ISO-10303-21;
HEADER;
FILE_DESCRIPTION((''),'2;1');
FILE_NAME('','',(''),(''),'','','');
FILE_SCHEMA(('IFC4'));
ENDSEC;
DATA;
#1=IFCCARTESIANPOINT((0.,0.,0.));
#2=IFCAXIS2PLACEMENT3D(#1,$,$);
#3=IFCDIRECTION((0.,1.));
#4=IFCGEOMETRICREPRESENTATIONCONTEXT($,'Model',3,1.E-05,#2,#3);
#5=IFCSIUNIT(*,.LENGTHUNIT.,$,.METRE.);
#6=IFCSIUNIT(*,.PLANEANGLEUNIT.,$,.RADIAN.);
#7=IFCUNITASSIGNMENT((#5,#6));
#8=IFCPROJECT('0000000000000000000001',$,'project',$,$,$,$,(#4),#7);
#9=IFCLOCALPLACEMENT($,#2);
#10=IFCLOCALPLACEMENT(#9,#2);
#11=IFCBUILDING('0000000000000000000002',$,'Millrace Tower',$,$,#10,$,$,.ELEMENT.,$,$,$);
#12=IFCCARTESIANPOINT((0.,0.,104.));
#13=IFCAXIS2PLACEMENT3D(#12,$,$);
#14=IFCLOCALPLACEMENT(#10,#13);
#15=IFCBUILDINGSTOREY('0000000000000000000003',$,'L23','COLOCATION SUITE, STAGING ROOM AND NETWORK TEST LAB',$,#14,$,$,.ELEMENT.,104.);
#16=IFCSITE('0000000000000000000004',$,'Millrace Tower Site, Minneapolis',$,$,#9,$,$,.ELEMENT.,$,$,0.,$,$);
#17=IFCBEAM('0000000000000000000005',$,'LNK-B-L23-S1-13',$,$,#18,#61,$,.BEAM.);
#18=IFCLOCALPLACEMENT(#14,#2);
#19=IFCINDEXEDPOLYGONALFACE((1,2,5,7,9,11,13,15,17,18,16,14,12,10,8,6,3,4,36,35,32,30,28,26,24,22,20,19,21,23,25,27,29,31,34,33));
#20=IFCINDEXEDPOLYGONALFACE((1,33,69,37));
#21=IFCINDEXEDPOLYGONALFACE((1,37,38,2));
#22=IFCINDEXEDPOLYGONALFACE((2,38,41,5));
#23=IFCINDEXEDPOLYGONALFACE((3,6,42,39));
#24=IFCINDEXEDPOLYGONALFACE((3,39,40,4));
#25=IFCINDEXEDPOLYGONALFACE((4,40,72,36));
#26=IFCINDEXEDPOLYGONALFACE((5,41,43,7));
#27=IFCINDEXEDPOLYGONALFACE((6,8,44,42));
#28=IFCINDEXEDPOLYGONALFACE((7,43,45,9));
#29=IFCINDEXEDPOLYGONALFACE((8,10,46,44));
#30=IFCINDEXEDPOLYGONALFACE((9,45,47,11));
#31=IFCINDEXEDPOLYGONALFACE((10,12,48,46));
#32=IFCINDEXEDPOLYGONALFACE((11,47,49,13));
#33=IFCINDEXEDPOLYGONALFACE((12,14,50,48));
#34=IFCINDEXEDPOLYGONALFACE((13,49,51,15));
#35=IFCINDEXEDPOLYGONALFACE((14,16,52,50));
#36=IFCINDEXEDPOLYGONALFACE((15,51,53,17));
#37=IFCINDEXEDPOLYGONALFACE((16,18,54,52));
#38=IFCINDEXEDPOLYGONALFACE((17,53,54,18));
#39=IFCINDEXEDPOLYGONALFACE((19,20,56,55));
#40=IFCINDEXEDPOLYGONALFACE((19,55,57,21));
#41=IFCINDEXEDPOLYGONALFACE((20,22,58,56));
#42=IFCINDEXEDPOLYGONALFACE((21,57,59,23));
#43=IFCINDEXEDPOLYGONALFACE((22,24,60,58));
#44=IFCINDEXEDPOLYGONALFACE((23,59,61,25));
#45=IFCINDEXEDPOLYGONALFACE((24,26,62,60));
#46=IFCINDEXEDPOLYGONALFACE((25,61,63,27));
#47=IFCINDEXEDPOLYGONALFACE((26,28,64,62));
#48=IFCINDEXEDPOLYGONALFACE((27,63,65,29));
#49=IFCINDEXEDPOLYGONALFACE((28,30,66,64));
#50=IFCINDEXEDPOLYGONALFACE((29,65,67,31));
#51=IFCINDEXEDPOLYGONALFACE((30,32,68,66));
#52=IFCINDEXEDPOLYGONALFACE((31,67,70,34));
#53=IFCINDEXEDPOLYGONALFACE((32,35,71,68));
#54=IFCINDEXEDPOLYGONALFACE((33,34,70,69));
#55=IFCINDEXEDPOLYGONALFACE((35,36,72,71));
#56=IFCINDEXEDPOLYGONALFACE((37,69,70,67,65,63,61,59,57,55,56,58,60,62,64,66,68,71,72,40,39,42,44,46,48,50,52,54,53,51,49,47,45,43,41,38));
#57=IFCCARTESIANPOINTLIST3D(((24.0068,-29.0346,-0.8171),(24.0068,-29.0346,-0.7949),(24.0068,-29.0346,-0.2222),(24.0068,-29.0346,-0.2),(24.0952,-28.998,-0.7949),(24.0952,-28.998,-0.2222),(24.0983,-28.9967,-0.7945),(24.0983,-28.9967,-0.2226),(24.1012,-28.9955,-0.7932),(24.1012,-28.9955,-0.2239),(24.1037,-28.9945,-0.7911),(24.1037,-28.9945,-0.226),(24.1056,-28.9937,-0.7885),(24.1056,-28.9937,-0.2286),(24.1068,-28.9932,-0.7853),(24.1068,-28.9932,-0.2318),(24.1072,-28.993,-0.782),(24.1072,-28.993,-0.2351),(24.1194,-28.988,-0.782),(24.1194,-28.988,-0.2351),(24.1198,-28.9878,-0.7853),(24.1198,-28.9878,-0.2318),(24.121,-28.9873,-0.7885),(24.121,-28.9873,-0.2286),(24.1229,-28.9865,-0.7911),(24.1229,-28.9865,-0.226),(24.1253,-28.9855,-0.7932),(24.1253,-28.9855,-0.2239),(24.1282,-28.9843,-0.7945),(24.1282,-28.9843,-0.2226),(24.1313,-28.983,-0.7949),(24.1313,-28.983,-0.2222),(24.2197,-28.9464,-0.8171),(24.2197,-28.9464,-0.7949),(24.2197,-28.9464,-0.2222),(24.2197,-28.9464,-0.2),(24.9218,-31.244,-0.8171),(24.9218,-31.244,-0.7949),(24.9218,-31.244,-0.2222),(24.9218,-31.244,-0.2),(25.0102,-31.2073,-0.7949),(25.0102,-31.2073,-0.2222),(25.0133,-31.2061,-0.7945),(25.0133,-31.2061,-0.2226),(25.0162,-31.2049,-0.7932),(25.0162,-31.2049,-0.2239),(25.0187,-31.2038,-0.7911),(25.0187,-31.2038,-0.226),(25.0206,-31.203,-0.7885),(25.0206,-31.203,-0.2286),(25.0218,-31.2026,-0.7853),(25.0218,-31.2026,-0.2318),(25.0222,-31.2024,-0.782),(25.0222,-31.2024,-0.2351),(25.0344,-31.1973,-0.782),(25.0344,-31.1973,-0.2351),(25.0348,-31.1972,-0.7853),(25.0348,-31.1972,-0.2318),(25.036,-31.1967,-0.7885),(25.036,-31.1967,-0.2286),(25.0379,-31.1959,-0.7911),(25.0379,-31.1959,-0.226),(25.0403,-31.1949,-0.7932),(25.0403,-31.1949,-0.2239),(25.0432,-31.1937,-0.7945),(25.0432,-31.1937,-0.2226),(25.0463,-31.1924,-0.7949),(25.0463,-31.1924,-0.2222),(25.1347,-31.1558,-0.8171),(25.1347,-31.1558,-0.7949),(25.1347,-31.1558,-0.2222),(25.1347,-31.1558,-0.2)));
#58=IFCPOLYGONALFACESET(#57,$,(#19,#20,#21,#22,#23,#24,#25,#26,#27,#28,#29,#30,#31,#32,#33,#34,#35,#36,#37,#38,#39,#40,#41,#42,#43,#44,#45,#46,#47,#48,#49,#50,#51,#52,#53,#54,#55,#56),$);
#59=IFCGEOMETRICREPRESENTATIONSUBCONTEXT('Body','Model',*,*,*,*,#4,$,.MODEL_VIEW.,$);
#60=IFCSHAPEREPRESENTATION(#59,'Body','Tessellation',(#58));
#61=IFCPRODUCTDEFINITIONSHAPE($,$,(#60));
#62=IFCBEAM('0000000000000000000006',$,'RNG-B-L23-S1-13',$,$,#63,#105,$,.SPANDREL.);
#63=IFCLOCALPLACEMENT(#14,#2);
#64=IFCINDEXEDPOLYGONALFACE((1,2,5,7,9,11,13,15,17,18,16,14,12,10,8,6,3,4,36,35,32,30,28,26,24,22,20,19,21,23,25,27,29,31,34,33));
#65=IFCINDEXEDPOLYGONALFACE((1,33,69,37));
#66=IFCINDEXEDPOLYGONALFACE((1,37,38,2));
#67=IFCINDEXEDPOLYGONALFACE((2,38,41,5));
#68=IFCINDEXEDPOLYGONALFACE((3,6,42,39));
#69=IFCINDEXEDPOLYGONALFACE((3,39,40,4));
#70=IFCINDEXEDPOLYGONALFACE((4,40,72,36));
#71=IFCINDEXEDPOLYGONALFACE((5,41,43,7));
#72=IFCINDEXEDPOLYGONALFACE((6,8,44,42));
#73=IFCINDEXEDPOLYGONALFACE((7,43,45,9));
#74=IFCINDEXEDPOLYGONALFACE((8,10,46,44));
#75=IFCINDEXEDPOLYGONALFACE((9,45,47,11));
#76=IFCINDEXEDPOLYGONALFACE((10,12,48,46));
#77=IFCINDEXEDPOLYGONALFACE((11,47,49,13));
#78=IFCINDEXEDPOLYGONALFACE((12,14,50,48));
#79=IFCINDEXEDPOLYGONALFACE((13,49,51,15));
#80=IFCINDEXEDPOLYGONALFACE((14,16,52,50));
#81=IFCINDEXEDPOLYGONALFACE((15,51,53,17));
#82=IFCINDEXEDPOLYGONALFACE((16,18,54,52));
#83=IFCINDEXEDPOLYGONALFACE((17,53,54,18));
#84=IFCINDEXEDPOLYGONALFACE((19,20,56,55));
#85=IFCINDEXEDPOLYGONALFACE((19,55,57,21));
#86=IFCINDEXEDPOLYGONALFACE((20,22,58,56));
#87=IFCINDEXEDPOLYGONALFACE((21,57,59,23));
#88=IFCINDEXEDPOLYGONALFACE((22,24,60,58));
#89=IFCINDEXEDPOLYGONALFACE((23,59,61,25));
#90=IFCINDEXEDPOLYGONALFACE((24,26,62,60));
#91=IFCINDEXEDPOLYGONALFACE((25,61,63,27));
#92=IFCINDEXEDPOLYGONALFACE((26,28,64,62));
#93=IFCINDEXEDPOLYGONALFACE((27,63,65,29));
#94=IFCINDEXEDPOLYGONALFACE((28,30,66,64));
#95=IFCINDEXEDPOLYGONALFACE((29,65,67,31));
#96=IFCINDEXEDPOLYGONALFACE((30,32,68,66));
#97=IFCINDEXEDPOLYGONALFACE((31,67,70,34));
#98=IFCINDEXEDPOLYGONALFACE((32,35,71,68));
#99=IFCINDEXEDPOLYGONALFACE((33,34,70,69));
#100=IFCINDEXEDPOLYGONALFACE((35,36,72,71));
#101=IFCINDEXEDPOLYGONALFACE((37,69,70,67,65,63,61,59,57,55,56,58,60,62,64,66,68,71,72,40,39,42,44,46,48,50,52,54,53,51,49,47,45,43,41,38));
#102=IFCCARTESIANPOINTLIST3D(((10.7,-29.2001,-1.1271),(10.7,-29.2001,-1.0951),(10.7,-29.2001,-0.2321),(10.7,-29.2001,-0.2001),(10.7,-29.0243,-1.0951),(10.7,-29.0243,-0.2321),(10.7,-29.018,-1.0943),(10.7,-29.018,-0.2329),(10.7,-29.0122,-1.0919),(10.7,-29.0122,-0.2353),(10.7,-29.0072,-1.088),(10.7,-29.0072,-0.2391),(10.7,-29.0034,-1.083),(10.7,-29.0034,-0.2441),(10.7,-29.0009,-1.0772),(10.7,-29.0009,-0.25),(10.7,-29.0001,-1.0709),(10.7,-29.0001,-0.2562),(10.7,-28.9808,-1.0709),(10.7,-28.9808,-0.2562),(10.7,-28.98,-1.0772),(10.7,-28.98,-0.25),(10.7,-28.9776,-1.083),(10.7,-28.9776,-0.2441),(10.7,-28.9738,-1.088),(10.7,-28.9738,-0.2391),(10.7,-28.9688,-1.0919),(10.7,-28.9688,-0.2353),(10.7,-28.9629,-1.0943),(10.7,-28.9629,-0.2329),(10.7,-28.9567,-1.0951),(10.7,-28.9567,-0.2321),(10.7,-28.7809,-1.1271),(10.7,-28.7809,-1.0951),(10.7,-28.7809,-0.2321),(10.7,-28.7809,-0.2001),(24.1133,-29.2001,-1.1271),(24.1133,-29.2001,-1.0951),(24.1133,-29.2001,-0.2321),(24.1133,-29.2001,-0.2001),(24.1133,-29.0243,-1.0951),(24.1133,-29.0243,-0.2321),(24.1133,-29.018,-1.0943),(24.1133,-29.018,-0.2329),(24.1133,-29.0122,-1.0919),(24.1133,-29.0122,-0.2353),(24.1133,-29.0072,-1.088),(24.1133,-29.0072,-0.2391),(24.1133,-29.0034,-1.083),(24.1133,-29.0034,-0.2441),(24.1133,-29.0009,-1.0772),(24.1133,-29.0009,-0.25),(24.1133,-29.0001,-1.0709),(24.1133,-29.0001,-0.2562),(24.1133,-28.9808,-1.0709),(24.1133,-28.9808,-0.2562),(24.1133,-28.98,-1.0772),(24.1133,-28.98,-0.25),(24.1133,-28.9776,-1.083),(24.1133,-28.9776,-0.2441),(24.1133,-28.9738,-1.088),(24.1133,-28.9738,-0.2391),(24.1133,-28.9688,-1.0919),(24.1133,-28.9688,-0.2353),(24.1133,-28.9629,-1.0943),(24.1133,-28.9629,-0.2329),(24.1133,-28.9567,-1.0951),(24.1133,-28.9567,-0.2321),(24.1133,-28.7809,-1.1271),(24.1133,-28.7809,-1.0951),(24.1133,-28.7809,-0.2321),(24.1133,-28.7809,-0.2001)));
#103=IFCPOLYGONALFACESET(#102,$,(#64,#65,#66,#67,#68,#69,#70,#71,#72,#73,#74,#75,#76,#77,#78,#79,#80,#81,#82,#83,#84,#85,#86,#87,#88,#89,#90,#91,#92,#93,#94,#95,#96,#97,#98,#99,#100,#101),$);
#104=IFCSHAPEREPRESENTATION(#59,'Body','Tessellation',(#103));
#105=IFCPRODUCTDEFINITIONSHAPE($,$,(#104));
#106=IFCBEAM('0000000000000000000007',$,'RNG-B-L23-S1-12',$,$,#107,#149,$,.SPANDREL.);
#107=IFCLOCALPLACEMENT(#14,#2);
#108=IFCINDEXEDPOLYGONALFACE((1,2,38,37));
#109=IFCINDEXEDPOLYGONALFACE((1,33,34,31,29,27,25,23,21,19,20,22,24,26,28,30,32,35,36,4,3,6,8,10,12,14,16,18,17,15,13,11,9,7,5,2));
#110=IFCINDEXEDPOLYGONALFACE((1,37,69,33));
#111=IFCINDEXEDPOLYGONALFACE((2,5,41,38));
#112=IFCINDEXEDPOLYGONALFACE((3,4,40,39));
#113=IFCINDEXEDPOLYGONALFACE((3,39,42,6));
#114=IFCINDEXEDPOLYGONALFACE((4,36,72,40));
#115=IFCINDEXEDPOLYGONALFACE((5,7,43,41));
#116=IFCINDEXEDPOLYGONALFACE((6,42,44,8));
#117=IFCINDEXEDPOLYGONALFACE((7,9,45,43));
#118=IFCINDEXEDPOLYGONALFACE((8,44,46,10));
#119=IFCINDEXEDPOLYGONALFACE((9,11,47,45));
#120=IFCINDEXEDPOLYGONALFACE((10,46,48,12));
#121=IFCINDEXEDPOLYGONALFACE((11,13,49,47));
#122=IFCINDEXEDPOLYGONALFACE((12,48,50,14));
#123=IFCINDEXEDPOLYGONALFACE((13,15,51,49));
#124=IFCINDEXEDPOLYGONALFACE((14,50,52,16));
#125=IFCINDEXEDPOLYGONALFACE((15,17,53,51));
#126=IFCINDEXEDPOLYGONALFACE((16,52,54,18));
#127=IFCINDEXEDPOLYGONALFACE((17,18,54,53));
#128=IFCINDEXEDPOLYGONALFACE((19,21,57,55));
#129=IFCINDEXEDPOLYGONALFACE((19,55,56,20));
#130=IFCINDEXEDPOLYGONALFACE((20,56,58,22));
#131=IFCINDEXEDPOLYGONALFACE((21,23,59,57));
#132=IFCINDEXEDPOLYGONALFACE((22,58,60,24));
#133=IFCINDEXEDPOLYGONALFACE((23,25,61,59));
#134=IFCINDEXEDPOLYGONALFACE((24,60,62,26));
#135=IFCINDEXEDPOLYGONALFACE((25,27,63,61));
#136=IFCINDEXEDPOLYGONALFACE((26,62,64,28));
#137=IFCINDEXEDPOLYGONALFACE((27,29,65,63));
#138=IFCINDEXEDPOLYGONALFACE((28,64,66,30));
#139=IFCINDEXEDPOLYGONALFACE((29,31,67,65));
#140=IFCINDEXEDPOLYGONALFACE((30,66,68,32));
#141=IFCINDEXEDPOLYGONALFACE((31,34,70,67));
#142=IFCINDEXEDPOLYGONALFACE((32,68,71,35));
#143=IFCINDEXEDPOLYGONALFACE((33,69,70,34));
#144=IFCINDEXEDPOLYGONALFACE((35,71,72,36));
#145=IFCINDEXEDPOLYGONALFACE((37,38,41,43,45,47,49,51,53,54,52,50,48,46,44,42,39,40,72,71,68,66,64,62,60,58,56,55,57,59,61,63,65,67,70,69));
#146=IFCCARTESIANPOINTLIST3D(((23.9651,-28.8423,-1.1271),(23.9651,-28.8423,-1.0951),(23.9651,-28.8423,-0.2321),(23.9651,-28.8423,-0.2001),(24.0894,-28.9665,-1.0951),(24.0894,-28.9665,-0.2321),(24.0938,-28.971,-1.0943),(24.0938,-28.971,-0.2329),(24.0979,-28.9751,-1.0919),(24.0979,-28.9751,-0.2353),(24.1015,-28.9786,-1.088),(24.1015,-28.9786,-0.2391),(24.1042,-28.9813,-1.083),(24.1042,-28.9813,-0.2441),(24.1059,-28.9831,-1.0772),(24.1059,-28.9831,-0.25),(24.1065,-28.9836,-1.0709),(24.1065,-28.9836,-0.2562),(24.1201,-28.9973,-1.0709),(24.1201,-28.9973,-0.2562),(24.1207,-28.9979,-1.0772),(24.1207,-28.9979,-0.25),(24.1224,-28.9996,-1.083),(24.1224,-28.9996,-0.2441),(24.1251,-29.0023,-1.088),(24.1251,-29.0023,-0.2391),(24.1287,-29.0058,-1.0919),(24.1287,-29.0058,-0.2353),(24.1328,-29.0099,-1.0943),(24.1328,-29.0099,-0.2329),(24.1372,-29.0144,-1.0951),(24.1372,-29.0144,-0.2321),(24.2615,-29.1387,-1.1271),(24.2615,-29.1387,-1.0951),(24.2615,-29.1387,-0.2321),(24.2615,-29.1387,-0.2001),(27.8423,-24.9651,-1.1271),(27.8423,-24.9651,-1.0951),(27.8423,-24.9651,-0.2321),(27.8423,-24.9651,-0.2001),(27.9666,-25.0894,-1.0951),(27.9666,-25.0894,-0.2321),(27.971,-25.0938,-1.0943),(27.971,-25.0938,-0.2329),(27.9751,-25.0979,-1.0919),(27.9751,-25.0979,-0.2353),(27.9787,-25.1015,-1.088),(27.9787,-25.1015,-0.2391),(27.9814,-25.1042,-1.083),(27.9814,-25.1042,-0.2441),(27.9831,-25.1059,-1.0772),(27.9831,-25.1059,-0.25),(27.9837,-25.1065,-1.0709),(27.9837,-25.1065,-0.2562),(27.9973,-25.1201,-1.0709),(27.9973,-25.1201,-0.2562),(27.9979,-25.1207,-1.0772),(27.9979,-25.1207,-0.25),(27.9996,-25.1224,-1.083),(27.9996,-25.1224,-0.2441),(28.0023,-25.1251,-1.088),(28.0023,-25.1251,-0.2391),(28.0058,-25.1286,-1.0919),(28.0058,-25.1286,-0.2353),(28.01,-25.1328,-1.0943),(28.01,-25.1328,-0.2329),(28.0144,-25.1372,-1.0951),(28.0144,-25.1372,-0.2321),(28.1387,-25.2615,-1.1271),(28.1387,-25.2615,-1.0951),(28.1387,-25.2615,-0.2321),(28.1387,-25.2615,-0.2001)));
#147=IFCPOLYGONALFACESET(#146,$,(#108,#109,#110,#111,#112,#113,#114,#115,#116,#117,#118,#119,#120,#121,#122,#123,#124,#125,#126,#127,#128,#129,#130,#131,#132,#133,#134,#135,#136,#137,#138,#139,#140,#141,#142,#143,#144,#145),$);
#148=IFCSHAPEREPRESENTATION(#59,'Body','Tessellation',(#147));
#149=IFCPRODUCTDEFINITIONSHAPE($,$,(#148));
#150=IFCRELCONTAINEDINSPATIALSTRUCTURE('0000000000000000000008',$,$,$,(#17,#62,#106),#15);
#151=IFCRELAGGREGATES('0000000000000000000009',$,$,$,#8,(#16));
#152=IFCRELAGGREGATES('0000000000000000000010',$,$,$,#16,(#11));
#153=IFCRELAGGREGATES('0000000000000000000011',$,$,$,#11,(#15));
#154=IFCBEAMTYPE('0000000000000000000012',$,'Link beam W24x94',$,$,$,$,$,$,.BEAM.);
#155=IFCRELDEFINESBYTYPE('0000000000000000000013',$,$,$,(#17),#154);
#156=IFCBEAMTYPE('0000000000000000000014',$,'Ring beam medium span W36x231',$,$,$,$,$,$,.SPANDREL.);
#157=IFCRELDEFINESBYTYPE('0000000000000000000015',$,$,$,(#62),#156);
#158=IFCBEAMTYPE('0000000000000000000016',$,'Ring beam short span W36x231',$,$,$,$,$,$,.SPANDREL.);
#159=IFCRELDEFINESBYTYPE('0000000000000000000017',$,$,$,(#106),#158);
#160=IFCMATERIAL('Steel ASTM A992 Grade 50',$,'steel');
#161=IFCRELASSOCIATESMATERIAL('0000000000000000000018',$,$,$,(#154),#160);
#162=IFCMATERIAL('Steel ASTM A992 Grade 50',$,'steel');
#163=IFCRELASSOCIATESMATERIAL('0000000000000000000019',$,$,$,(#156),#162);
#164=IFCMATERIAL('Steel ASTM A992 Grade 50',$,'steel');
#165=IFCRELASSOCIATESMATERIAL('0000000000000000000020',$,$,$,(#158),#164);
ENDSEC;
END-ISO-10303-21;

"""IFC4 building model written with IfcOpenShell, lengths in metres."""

from ifc_helpers import new_model, si_unit, direction, frame, origin, origin_2d, place, context, subcontext, project, spatial, i_section, extrude, material, material_profile, profile_set, type_object, element, save


model = new_model("IFC4")

# Units and contexts
model_context = context("Model", 3, precision=1e-05, world=origin(), true_north=direction((0.0, 1.0)))
body_context = subcontext(model_context, "Body", "Model", "MODEL_VIEW")
ifc_project = project(units=[si_unit("LENGTHUNIT", "METRE"), si_unit("PLANEANGLEUNIT", "RADIAN")], contexts=[model_context])

# Site, building, storey
site_placement = place(None, origin())
site = spatial("IfcSite", under=ifc_project, at=site_placement, Name="Millrace Tower Site, Minneapolis", CompositionType="ELEMENT", RefElevation=0.0)
building_placement = place(site_placement, origin())
building = spatial("IfcBuilding", under=site, at=building_placement, Name="Millrace Tower", CompositionType="ELEMENT")
storey_placement = place(building_placement, frame((0.0, 0.0, 104.0)))
storey = spatial("IfcBuildingStorey", under=building, at=storey_placement, Name="L23", Description="COLOCATION SUITE, STAGING ROOM AND NETWORK TEST LAB", CompositionType="ELEMENT", Elevation=104.0)

# Beams
ifc_material_1 = material(Name="Steel ASTM A992 Grade 50", Category="steel")
ifc_material_profile_1 = material_profile(ifc_material_1, i_section(OverallWidth=0.2305, OverallDepth=0.6172, WebThickness=0.0132, FlangeThickness=0.0222, FilletRadius=0.0129, at=origin_2d()))
ifc_profile_set_1 = profile_set([ifc_material_profile_1], Name="Steel ASTM A992 Grade 50")
beam_type_1 = type_object("IfcBeamType", Name="Link beam W24x94", PredefinedType="BEAM", material=ifc_profile_set_1)
for number, where, z_axis, x_axis, name in (
    (1, (24.1133, -28.9905, -0.5085), (0.382628, -0.923902, 0.0), (0.923902, 0.382628, 0.0), "LNK-B-L23-S1-13"),
):
    element("IfcBeam", number, at=place(storey_placement, frame(where, z_axis=z_axis, x_axis=x_axis)), inside=storey, type_object=beam_type_1, Name=name, PredefinedType="BEAM", context=body_context, shape_type="SweptSolid", body=[
        extrude(i_section(OverallWidth=0.2305, OverallDepth=0.6172, WebThickness=0.0132, FlangeThickness=0.0222, FilletRadius=0.0129, at=origin_2d()), origin(), (0.0, 0.0, 1.0), 2.3914),
    ])
ifc_material_2 = material(Name="Steel ASTM A992 Grade 50", Category="steel")
ifc_material_profile_2 = material_profile(ifc_material_2, i_section(OverallWidth=0.4192, OverallDepth=0.927, WebThickness=0.0193, FlangeThickness=0.032, FilletRadius=0.0242, at=origin_2d()))
ifc_profile_set_2 = profile_set([ifc_material_profile_2], Name="Steel ASTM A992 Grade 50")
beam_type_2 = type_object("IfcBeamType", Name="Ring beam medium span W36x231", PredefinedType="SPANDREL", material=ifc_profile_set_2)
beam_1_placement = place(storey_placement, frame((24.1133, -28.9905, -0.6636), z_axis=(-1.0, 0.0, 0.0), x_axis=(0.0, -1.0, 0.0)))
element("IfcBeam", 2, at=beam_1_placement, inside=storey, type_object=beam_type_2, Name="RNG-B-L23-S1-13", PredefinedType="SPANDREL", context=body_context, shape_type="SweptSolid", body=[
    extrude(i_section(OverallWidth=0.4192, OverallDepth=0.927, WebThickness=0.0193, FlangeThickness=0.032, FilletRadius=0.0242, at=origin_2d()), origin(), (0.0, 0.0, 1.0), 13.4133),
])
ifc_material_3 = material(Name="Steel ASTM A992 Grade 50", Category="steel")
ifc_material_profile_3 = material_profile(ifc_material_3, i_section(OverallWidth=0.4192, OverallDepth=0.927, WebThickness=0.0193, FlangeThickness=0.032, FilletRadius=0.0242, at=origin_2d()))
ifc_profile_set_3 = profile_set([ifc_material_profile_3], Name="Steel ASTM A992 Grade 50")
beam_type_3 = type_object("IfcBeamType", Name="Ring beam short span W36x231", PredefinedType="SPANDREL", material=ifc_profile_set_3)
beam_2_placement = place(storey_placement, frame((27.9905, -25.1133, -0.6636), z_axis=(-0.707107, -0.707107, 0.0), x_axis=(0.707107, -0.707107, 0.0)))
element("IfcBeam", 3, at=beam_2_placement, inside=storey, type_object=beam_type_3, Name="RNG-B-L23-S1-12", PredefinedType="SPANDREL", context=body_context, shape_type="SweptSolid", body=[
    extrude(i_section(OverallWidth=0.4192, OverallDepth=0.927, WebThickness=0.0193, FlangeThickness=0.032, FilletRadius=0.0242, at=origin_2d()), origin(), (0.0, 0.0, 1.0), 5.4832),
])

save(model, "model.ifc")
